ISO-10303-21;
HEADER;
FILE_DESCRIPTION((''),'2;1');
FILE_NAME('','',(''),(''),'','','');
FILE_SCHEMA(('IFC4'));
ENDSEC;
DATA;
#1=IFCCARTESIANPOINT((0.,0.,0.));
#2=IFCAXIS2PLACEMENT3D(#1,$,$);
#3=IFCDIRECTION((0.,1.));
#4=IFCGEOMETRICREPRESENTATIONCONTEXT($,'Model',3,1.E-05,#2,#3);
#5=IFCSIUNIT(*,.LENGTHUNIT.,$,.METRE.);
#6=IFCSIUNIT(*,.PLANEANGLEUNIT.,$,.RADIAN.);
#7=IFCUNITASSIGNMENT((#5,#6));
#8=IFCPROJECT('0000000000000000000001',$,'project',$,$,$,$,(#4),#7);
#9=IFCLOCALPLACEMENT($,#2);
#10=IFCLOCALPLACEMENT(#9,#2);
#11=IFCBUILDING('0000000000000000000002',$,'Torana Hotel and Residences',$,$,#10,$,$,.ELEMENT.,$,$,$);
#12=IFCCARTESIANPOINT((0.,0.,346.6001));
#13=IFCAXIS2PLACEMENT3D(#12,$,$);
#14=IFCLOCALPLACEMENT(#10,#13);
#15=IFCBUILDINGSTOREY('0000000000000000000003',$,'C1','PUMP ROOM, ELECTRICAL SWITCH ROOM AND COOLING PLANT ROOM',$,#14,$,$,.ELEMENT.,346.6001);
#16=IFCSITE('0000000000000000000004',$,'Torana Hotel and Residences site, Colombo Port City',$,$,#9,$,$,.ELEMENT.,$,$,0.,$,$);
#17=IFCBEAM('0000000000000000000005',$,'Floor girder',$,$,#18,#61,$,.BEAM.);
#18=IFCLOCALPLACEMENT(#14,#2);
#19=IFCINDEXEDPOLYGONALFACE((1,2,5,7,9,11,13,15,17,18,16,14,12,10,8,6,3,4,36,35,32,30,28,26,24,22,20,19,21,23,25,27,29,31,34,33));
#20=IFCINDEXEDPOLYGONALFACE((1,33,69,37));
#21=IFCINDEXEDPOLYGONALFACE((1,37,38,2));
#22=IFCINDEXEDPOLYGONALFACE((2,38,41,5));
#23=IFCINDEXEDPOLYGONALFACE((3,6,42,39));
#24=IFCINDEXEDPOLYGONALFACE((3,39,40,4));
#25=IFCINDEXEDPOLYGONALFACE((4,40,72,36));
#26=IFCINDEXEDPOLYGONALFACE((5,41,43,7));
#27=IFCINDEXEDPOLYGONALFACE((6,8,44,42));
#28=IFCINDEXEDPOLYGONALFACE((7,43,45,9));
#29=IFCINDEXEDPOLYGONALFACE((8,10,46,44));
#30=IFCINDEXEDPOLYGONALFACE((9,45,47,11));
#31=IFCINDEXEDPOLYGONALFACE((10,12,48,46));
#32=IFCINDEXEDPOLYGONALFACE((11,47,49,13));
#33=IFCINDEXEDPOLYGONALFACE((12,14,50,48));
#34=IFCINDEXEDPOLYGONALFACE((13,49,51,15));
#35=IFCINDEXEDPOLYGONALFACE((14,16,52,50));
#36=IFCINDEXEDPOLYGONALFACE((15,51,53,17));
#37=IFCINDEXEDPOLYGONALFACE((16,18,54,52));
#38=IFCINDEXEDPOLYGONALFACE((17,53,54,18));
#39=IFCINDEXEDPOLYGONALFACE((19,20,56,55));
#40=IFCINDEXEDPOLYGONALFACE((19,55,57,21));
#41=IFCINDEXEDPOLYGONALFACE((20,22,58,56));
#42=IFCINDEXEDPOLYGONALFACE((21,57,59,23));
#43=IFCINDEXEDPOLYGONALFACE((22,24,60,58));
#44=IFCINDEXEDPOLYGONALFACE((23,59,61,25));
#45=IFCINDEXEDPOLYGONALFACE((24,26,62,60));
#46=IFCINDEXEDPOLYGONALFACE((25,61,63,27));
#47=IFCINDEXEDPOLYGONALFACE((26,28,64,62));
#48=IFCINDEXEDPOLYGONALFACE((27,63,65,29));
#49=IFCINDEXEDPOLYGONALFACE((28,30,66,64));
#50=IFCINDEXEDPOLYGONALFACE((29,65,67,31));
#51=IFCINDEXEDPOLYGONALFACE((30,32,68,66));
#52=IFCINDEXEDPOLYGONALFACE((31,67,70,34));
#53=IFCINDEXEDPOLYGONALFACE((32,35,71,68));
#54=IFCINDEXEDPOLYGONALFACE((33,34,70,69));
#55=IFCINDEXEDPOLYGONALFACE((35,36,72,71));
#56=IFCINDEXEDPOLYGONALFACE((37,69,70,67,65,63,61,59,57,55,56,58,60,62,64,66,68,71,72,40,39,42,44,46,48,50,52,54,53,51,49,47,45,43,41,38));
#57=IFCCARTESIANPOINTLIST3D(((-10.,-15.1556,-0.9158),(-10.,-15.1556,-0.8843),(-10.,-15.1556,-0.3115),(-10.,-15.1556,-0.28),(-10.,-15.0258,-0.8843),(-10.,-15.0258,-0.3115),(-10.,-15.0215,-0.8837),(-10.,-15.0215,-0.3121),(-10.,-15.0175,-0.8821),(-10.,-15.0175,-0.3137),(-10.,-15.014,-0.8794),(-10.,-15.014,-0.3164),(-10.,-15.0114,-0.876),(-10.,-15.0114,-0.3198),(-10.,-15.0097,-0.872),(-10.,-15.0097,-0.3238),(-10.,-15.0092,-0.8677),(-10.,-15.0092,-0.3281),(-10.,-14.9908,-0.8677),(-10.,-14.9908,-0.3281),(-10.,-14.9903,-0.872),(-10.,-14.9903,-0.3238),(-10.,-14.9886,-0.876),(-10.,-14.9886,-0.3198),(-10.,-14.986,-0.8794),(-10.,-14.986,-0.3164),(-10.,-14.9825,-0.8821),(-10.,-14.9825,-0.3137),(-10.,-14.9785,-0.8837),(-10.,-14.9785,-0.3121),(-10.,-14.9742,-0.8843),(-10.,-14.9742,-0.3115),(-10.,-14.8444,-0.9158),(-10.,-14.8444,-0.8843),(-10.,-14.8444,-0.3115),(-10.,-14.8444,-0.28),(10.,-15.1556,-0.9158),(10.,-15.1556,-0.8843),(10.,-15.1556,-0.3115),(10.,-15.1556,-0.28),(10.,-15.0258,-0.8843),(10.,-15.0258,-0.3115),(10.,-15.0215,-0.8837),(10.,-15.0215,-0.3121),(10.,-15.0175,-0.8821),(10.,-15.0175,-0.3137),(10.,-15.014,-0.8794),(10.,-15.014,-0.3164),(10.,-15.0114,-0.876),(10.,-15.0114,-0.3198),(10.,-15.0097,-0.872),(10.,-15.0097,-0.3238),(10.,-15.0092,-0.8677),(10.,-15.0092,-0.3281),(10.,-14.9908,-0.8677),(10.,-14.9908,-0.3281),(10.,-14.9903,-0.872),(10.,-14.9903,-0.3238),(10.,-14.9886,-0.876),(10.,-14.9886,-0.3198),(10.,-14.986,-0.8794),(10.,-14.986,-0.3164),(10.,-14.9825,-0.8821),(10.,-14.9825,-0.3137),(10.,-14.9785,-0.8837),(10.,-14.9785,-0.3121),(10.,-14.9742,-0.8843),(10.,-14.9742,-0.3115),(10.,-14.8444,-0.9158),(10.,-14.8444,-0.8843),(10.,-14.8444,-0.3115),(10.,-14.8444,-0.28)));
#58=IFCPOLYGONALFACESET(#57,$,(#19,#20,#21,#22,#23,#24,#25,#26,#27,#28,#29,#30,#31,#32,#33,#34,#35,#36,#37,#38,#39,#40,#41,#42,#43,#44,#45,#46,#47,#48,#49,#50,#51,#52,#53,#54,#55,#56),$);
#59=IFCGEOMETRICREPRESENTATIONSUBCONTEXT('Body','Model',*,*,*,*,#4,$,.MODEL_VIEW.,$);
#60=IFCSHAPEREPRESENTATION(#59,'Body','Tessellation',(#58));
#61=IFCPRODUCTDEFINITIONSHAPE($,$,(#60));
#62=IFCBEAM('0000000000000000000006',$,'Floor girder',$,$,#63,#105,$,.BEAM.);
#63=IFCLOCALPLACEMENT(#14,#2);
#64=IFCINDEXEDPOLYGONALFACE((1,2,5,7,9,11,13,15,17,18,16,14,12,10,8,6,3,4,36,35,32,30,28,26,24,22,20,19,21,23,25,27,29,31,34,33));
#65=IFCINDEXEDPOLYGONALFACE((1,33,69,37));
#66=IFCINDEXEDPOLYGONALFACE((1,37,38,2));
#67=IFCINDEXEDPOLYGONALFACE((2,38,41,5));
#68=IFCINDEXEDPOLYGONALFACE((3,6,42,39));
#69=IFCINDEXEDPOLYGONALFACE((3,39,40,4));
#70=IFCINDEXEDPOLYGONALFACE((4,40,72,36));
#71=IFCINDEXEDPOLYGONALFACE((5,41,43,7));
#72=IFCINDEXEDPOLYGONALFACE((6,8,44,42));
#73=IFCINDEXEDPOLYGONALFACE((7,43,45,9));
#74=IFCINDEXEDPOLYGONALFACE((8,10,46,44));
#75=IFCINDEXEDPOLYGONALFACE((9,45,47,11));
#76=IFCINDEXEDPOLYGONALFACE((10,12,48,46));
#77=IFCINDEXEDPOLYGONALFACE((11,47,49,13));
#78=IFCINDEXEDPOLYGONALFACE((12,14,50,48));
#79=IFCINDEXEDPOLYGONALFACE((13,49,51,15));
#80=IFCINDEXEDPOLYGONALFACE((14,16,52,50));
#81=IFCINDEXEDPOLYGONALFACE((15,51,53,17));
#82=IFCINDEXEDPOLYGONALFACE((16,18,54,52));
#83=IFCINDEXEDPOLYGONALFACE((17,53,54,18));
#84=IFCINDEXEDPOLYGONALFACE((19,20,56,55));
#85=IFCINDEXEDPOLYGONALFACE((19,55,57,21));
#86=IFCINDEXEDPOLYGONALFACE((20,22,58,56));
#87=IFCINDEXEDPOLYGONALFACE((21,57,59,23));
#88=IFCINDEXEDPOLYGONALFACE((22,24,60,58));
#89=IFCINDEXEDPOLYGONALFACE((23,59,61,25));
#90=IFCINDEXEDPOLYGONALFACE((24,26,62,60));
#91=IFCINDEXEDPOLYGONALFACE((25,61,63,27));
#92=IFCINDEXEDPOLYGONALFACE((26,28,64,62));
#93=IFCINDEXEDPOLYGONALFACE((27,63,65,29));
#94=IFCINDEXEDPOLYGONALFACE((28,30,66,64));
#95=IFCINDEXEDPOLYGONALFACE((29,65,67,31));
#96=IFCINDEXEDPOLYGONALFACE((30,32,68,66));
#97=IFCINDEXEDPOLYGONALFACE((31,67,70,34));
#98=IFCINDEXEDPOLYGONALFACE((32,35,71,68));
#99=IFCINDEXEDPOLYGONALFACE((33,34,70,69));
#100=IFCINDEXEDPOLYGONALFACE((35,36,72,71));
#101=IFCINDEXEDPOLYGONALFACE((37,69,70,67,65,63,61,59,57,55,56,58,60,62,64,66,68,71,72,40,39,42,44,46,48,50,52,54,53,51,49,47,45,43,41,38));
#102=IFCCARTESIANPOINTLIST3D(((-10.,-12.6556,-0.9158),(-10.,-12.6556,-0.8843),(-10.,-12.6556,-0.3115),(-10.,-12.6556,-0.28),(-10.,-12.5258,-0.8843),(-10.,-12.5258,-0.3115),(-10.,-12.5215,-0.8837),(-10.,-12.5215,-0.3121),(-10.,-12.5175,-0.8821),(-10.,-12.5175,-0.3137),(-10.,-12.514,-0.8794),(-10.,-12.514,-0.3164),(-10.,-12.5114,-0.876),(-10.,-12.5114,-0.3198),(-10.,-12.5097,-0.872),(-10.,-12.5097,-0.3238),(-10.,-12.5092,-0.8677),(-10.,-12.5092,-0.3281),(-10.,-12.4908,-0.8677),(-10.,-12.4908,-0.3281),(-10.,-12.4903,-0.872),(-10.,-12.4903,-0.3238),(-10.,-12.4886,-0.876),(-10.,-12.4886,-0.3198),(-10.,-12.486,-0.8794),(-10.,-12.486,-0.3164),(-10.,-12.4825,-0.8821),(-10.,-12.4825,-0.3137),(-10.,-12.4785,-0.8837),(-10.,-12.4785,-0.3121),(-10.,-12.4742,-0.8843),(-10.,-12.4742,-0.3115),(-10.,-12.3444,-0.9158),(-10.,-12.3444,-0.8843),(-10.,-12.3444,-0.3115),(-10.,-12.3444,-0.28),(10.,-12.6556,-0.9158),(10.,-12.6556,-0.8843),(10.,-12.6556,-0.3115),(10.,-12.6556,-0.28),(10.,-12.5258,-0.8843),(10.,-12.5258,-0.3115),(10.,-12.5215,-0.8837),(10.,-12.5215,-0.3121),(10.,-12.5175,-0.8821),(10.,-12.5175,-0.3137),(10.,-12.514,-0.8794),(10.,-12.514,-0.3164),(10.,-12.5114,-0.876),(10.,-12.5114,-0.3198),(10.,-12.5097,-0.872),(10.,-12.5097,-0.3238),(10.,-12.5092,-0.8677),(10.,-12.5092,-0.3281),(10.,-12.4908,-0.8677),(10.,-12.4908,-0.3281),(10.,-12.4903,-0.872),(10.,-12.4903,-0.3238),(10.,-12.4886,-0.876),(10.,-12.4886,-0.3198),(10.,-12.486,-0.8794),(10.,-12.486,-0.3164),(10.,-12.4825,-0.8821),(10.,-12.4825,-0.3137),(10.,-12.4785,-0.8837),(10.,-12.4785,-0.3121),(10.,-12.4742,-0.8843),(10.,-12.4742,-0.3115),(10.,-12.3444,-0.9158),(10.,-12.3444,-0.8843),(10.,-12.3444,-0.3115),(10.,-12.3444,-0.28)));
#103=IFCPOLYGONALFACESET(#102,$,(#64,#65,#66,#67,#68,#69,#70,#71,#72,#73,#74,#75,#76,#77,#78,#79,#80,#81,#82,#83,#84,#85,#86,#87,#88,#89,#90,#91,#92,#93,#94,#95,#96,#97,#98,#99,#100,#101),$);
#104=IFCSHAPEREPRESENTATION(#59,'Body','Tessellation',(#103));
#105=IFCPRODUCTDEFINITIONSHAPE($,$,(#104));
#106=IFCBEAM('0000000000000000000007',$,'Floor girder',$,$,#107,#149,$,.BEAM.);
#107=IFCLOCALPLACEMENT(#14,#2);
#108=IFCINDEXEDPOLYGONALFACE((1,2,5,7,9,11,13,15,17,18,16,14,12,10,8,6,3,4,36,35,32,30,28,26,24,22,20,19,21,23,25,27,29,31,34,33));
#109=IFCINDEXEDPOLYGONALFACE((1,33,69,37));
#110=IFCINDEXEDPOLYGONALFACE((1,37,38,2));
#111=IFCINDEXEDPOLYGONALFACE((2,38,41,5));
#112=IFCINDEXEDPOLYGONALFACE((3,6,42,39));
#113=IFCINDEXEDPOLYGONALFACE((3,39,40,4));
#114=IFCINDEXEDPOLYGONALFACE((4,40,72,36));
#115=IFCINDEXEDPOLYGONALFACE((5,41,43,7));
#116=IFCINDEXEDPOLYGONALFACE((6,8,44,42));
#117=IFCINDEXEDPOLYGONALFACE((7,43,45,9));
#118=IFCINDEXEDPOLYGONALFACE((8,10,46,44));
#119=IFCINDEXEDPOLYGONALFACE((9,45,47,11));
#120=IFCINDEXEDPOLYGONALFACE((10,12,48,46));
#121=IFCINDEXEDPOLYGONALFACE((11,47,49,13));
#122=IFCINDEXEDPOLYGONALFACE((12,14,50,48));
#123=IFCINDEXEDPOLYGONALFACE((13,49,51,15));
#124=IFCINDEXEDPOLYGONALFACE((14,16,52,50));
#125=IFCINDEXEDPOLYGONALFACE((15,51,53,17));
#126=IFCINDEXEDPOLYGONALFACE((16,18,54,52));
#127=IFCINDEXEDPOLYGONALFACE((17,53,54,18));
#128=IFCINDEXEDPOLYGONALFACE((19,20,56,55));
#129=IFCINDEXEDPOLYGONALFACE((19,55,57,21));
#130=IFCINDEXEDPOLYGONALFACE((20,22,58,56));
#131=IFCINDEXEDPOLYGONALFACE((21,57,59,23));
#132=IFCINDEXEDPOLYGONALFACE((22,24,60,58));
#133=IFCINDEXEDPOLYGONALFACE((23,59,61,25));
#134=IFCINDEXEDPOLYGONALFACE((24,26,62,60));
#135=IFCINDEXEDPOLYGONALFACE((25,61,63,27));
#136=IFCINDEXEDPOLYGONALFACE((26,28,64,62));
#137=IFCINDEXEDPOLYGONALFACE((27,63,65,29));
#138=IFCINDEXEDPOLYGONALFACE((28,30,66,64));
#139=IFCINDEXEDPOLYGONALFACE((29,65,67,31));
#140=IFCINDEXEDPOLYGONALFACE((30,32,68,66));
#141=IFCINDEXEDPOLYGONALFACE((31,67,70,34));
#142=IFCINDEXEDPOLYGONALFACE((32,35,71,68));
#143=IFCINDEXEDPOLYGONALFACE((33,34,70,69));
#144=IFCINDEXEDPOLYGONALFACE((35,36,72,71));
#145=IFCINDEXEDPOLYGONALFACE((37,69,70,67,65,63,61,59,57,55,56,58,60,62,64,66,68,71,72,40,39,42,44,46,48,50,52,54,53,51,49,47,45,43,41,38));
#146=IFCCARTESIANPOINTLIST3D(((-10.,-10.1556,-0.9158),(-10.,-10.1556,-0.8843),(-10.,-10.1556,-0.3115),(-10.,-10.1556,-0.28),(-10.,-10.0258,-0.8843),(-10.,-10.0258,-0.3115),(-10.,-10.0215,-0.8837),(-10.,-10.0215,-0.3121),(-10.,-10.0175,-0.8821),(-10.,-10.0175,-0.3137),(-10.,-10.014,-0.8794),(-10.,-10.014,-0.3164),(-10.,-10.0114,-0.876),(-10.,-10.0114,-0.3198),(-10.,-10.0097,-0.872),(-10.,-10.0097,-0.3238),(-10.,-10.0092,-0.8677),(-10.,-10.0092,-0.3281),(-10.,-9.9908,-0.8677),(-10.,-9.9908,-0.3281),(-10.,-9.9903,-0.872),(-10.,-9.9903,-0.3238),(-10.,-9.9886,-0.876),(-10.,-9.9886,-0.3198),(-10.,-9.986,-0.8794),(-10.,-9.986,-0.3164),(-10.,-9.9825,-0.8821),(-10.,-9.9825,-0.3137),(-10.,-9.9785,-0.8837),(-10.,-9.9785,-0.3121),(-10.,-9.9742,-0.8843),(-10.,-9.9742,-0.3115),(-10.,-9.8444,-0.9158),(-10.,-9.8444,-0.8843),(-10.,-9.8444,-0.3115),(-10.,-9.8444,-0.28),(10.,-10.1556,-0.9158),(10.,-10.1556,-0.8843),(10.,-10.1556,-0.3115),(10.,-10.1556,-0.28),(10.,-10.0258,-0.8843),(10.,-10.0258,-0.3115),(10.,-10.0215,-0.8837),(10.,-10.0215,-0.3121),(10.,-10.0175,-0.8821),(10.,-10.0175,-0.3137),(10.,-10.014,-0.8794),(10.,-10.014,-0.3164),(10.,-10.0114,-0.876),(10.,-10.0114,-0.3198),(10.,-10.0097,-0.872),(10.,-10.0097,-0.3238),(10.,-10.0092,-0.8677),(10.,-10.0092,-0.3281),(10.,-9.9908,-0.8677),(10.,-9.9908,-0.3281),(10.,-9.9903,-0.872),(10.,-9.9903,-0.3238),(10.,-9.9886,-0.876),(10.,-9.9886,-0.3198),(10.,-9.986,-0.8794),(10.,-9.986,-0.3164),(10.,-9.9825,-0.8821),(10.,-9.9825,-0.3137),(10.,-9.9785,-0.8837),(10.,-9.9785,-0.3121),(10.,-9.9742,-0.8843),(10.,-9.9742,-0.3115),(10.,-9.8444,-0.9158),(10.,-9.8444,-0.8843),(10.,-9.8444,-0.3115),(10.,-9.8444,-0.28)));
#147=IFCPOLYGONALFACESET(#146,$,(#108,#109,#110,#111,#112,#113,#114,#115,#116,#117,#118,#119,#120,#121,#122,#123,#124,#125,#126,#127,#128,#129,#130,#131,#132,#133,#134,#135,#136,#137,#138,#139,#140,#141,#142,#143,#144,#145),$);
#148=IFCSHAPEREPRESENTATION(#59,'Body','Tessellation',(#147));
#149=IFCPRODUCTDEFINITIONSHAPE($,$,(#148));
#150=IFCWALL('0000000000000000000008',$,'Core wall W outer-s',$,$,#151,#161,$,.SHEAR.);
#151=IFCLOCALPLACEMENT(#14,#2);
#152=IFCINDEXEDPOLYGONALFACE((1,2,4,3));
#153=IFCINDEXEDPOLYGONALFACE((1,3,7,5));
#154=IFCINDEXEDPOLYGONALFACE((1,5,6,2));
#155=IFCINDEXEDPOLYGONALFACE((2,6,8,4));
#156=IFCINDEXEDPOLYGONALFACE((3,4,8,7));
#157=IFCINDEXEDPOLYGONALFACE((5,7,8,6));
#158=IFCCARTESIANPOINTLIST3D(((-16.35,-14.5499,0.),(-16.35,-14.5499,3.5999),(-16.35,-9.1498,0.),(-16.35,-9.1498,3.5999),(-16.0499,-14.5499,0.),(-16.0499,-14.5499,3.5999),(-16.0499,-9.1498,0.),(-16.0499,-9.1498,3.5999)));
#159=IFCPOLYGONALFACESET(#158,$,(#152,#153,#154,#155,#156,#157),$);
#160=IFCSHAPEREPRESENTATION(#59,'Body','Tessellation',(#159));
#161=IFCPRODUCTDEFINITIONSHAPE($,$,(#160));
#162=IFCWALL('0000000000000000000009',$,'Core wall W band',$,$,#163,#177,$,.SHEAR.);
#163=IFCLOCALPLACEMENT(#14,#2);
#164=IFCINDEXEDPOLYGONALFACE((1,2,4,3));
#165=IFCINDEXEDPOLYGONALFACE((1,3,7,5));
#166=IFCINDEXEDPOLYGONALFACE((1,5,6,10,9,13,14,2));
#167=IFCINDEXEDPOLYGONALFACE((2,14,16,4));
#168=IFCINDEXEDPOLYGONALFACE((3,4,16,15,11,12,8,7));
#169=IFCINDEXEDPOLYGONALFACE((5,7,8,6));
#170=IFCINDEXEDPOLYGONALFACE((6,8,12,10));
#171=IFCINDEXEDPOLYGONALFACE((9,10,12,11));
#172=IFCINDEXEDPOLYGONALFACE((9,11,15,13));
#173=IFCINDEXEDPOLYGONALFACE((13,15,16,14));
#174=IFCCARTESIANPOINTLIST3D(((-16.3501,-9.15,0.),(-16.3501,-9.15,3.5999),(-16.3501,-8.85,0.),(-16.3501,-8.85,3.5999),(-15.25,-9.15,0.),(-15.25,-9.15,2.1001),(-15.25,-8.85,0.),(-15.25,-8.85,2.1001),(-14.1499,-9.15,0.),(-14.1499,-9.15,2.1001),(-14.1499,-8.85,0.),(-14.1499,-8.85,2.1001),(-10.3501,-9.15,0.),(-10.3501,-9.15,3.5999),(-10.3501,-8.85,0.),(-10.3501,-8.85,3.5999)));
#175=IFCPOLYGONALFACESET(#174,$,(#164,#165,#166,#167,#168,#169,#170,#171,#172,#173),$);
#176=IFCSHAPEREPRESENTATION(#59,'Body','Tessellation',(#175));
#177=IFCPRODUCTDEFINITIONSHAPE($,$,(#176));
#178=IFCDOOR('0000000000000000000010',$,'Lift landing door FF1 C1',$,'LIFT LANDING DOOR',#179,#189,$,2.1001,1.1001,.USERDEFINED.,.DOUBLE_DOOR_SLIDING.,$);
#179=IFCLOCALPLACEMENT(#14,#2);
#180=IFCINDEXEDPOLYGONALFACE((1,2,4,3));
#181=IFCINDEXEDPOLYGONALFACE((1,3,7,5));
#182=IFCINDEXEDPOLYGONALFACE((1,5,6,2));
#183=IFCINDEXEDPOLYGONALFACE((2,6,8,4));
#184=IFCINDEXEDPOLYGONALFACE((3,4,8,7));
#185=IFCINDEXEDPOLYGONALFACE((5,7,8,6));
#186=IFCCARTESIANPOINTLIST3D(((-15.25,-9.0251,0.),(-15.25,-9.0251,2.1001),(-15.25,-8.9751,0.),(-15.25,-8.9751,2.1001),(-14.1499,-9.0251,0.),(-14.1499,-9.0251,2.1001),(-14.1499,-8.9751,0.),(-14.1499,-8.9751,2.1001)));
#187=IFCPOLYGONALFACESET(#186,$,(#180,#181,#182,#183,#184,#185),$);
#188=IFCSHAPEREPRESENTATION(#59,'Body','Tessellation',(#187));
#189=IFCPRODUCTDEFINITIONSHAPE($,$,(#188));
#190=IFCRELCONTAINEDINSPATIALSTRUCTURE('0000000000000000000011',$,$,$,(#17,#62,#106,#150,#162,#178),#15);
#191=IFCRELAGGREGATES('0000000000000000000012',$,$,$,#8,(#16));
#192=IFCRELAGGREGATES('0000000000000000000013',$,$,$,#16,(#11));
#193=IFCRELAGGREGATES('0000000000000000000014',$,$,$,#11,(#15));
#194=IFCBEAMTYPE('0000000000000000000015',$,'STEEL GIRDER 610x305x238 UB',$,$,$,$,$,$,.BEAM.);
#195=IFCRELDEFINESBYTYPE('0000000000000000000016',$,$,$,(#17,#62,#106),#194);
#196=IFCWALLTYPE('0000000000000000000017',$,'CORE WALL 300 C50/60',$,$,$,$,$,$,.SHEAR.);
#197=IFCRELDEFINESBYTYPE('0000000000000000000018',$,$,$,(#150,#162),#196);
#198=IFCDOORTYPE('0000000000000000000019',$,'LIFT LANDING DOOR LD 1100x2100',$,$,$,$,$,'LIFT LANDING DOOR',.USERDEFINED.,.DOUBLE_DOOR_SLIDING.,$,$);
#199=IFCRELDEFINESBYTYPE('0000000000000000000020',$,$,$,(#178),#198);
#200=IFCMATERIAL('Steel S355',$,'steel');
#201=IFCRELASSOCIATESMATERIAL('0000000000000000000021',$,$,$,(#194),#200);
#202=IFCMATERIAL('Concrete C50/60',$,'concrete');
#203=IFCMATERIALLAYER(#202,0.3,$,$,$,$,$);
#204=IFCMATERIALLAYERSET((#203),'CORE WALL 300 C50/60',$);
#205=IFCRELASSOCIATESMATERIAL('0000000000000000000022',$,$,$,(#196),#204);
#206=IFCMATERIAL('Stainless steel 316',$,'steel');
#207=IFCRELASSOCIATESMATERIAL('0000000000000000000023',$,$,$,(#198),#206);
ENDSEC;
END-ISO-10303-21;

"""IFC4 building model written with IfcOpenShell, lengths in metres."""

from ifc_helpers import new_model, si_unit, direction, frame, frame_2d, origin, origin_2d, place, context, subcontext, project, spatial, rectangle, i_section, extrude, material, layer, layer_set, material_profile, profile_set, type_object, element, fill, save


model = new_model("IFC4")

# Units and contexts
model_context = context("Model", 3, precision=1e-05, world=origin(), true_north=direction((0.0, 1.0)))
body_context = subcontext(model_context, "Body", "Model", "MODEL_VIEW")
ifc_project = project(units=[si_unit("LENGTHUNIT", "METRE"), si_unit("PLANEANGLEUNIT", "RADIAN")], contexts=[model_context])

# Site, building, storey
site_placement = place(None, origin())
site = spatial("IfcSite", under=ifc_project, at=site_placement, Name="Torana Hotel and Residences site, Colombo Port City", CompositionType="ELEMENT", RefElevation=0.0)
building_placement = place(site_placement, origin())
building = spatial("IfcBuilding", under=site, at=building_placement, Name="Torana Hotel and Residences", CompositionType="ELEMENT")
storey_placement = place(building_placement, frame((0.0, 0.0, 346.6001)))
storey = spatial("IfcBuildingStorey", under=building, at=storey_placement, Name="C1", Description="PUMP ROOM, ELECTRICAL SWITCH ROOM AND COOLING PLANT ROOM", CompositionType="ELEMENT", Elevation=346.6001)

# Beams
ifc_material_1 = material(Name="Steel S355", Category="steel")
ifc_material_profile = material_profile(ifc_material_1, i_section(OverallWidth=0.3113, OverallDepth=0.6357, WebThickness=0.0183, FlangeThickness=0.0315, FilletRadius=0.0166, at=origin_2d()), Name="610x305x238 UB")
ifc_profile_set = profile_set([ifc_material_profile], Name="Steel S355")
beam_type = type_object("IfcBeamType", Name="STEEL GIRDER 610x305x238 UB", PredefinedType="BEAM", material=ifc_profile_set)
for number, where, z_axis, x_axis, name in (
    (1, (-10.0, -15.0, -0.5979), (1.0, 0.0, 0.0), (0.0, 1.0, 0.0), "Floor girder"),
    (2, (-10.0, -12.5, -0.5979), (1.0, 0.0, 0.0), (0.0, 1.0, 0.0), "Floor girder"),
    (3, (-10.0, -10.0, -0.5979), (1.0, 0.0, 0.0), (0.0, 1.0, 0.0), "Floor girder"),
):
    element("IfcBeam", number, at=place(storey_placement, frame(where, z_axis=z_axis, x_axis=x_axis)), inside=storey, type_object=beam_type, Name=name, PredefinedType="BEAM", context=body_context, shape_type="SweptSolid", body=[
        extrude(i_section(OverallWidth=0.3113, OverallDepth=0.6357, WebThickness=0.0183, FlangeThickness=0.0315, FilletRadius=0.0166, at=origin_2d()), origin(), (0.0, 0.0, 1.0), 20.0),
    ])

# Wall
ifc_material_2 = material(Name="Concrete C50/60", Category="concrete")
ifc_layer_1 = layer(ifc_material_2, 0.3)
ifc_layer_set_1 = layer_set([ifc_layer_1], Name="CORE WALL 300 C50/60")
wall_type_1 = type_object("IfcWallType", Name="CORE WALL 300 C50/60", PredefinedType="SHEAR", material=ifc_layer_set_1)
wall_1_placement = place(storey_placement, frame((-16.2, -14.55, 0.0), z_axis=(0.0, 0.0, 1.0), x_axis=(0.0, 1.0, 0.0)))
element("IfcWall", 4, at=wall_1_placement, inside=storey, type_object=wall_type_1, Name="Core wall W outer-s", PredefinedType="SHEAR", context=body_context, shape_type="SweptSolid", body=[
    extrude(rectangle(XDim=5.4001, YDim=0.3, at=frame_2d((2.7002, 0.0))), origin(), (0.0, 0.0, 1.0), 3.5999),
])

# Wall, opening, door
wall_2_placement = place(storey_placement, frame((-16.3501, -9.0, 0.0), z_axis=(0.0, 0.0, 1.0), x_axis=(1.0, 0.0, 0.0)))
wall_2 = element("IfcWall", 5, at=wall_2_placement, inside=storey, type_object=wall_type_1, Name="Core wall W band", PredefinedType="SHEAR", context=body_context, shape_type="SweptSolid", body=[
    extrude(rectangle(XDim=6.0, YDim=0.3, at=frame_2d((3.0, 0.0))), origin(), (0.0, 0.0, 1.0), 3.5999),
])
opening_1_placement = place(wall_2_placement, frame((1.1001, 0.0, 0.0)))
opening_1 = element("IfcOpeningElement", 6, at=opening_1_placement, cuts=wall_2, PredefinedType="OPENING", context=body_context, shape_type="SweptSolid", body=[
    extrude(rectangle(XDim=1.1001, YDim=2.1001, at=frame_2d((0.55, 1.05))), frame((0.0, 0.1599, 0.0), z_axis=(0.0, -1.0, 0.0), x_axis=(1.0, 0.0, 0.0)), (0.0, 0.0, 1.0), 0.3201),
])
ifc_material_3 = material(Name="Stainless steel 316", Category="steel")
door_type_1 = type_object("IfcDoorType", Name="LIFT LANDING DOOR LD 1100x2100", ElementType="LIFT LANDING DOOR", OperationType="DOUBLE_DOOR_SLIDING", PredefinedType="USERDEFINED", material=ifc_material_3)
door_1_placement = place(opening_1_placement, origin())
door_1 = element("IfcDoor", 7, at=door_1_placement, inside=storey, type_object=door_type_1, Name="Lift landing door FF1 C1", ObjectType="LIFT LANDING DOOR", OperationType="DOUBLE_DOOR_SLIDING", OverallHeight=2.1001, OverallWidth=1.1001, PredefinedType="USERDEFINED", context=body_context, shape_type="SweptSolid", body=[
    extrude(rectangle(XDim=1.1001, YDim=2.1001, at=frame_2d((0.55, 1.05))), frame((0.0, 0.0249, 0.0), z_axis=(0.0, -1.0, 0.0), x_axis=(1.0, 0.0, 0.0)), (0.0, 0.0, 1.0), 0.05),
])
fill(opening_1, door_1)

save(model, "model.ifc")
